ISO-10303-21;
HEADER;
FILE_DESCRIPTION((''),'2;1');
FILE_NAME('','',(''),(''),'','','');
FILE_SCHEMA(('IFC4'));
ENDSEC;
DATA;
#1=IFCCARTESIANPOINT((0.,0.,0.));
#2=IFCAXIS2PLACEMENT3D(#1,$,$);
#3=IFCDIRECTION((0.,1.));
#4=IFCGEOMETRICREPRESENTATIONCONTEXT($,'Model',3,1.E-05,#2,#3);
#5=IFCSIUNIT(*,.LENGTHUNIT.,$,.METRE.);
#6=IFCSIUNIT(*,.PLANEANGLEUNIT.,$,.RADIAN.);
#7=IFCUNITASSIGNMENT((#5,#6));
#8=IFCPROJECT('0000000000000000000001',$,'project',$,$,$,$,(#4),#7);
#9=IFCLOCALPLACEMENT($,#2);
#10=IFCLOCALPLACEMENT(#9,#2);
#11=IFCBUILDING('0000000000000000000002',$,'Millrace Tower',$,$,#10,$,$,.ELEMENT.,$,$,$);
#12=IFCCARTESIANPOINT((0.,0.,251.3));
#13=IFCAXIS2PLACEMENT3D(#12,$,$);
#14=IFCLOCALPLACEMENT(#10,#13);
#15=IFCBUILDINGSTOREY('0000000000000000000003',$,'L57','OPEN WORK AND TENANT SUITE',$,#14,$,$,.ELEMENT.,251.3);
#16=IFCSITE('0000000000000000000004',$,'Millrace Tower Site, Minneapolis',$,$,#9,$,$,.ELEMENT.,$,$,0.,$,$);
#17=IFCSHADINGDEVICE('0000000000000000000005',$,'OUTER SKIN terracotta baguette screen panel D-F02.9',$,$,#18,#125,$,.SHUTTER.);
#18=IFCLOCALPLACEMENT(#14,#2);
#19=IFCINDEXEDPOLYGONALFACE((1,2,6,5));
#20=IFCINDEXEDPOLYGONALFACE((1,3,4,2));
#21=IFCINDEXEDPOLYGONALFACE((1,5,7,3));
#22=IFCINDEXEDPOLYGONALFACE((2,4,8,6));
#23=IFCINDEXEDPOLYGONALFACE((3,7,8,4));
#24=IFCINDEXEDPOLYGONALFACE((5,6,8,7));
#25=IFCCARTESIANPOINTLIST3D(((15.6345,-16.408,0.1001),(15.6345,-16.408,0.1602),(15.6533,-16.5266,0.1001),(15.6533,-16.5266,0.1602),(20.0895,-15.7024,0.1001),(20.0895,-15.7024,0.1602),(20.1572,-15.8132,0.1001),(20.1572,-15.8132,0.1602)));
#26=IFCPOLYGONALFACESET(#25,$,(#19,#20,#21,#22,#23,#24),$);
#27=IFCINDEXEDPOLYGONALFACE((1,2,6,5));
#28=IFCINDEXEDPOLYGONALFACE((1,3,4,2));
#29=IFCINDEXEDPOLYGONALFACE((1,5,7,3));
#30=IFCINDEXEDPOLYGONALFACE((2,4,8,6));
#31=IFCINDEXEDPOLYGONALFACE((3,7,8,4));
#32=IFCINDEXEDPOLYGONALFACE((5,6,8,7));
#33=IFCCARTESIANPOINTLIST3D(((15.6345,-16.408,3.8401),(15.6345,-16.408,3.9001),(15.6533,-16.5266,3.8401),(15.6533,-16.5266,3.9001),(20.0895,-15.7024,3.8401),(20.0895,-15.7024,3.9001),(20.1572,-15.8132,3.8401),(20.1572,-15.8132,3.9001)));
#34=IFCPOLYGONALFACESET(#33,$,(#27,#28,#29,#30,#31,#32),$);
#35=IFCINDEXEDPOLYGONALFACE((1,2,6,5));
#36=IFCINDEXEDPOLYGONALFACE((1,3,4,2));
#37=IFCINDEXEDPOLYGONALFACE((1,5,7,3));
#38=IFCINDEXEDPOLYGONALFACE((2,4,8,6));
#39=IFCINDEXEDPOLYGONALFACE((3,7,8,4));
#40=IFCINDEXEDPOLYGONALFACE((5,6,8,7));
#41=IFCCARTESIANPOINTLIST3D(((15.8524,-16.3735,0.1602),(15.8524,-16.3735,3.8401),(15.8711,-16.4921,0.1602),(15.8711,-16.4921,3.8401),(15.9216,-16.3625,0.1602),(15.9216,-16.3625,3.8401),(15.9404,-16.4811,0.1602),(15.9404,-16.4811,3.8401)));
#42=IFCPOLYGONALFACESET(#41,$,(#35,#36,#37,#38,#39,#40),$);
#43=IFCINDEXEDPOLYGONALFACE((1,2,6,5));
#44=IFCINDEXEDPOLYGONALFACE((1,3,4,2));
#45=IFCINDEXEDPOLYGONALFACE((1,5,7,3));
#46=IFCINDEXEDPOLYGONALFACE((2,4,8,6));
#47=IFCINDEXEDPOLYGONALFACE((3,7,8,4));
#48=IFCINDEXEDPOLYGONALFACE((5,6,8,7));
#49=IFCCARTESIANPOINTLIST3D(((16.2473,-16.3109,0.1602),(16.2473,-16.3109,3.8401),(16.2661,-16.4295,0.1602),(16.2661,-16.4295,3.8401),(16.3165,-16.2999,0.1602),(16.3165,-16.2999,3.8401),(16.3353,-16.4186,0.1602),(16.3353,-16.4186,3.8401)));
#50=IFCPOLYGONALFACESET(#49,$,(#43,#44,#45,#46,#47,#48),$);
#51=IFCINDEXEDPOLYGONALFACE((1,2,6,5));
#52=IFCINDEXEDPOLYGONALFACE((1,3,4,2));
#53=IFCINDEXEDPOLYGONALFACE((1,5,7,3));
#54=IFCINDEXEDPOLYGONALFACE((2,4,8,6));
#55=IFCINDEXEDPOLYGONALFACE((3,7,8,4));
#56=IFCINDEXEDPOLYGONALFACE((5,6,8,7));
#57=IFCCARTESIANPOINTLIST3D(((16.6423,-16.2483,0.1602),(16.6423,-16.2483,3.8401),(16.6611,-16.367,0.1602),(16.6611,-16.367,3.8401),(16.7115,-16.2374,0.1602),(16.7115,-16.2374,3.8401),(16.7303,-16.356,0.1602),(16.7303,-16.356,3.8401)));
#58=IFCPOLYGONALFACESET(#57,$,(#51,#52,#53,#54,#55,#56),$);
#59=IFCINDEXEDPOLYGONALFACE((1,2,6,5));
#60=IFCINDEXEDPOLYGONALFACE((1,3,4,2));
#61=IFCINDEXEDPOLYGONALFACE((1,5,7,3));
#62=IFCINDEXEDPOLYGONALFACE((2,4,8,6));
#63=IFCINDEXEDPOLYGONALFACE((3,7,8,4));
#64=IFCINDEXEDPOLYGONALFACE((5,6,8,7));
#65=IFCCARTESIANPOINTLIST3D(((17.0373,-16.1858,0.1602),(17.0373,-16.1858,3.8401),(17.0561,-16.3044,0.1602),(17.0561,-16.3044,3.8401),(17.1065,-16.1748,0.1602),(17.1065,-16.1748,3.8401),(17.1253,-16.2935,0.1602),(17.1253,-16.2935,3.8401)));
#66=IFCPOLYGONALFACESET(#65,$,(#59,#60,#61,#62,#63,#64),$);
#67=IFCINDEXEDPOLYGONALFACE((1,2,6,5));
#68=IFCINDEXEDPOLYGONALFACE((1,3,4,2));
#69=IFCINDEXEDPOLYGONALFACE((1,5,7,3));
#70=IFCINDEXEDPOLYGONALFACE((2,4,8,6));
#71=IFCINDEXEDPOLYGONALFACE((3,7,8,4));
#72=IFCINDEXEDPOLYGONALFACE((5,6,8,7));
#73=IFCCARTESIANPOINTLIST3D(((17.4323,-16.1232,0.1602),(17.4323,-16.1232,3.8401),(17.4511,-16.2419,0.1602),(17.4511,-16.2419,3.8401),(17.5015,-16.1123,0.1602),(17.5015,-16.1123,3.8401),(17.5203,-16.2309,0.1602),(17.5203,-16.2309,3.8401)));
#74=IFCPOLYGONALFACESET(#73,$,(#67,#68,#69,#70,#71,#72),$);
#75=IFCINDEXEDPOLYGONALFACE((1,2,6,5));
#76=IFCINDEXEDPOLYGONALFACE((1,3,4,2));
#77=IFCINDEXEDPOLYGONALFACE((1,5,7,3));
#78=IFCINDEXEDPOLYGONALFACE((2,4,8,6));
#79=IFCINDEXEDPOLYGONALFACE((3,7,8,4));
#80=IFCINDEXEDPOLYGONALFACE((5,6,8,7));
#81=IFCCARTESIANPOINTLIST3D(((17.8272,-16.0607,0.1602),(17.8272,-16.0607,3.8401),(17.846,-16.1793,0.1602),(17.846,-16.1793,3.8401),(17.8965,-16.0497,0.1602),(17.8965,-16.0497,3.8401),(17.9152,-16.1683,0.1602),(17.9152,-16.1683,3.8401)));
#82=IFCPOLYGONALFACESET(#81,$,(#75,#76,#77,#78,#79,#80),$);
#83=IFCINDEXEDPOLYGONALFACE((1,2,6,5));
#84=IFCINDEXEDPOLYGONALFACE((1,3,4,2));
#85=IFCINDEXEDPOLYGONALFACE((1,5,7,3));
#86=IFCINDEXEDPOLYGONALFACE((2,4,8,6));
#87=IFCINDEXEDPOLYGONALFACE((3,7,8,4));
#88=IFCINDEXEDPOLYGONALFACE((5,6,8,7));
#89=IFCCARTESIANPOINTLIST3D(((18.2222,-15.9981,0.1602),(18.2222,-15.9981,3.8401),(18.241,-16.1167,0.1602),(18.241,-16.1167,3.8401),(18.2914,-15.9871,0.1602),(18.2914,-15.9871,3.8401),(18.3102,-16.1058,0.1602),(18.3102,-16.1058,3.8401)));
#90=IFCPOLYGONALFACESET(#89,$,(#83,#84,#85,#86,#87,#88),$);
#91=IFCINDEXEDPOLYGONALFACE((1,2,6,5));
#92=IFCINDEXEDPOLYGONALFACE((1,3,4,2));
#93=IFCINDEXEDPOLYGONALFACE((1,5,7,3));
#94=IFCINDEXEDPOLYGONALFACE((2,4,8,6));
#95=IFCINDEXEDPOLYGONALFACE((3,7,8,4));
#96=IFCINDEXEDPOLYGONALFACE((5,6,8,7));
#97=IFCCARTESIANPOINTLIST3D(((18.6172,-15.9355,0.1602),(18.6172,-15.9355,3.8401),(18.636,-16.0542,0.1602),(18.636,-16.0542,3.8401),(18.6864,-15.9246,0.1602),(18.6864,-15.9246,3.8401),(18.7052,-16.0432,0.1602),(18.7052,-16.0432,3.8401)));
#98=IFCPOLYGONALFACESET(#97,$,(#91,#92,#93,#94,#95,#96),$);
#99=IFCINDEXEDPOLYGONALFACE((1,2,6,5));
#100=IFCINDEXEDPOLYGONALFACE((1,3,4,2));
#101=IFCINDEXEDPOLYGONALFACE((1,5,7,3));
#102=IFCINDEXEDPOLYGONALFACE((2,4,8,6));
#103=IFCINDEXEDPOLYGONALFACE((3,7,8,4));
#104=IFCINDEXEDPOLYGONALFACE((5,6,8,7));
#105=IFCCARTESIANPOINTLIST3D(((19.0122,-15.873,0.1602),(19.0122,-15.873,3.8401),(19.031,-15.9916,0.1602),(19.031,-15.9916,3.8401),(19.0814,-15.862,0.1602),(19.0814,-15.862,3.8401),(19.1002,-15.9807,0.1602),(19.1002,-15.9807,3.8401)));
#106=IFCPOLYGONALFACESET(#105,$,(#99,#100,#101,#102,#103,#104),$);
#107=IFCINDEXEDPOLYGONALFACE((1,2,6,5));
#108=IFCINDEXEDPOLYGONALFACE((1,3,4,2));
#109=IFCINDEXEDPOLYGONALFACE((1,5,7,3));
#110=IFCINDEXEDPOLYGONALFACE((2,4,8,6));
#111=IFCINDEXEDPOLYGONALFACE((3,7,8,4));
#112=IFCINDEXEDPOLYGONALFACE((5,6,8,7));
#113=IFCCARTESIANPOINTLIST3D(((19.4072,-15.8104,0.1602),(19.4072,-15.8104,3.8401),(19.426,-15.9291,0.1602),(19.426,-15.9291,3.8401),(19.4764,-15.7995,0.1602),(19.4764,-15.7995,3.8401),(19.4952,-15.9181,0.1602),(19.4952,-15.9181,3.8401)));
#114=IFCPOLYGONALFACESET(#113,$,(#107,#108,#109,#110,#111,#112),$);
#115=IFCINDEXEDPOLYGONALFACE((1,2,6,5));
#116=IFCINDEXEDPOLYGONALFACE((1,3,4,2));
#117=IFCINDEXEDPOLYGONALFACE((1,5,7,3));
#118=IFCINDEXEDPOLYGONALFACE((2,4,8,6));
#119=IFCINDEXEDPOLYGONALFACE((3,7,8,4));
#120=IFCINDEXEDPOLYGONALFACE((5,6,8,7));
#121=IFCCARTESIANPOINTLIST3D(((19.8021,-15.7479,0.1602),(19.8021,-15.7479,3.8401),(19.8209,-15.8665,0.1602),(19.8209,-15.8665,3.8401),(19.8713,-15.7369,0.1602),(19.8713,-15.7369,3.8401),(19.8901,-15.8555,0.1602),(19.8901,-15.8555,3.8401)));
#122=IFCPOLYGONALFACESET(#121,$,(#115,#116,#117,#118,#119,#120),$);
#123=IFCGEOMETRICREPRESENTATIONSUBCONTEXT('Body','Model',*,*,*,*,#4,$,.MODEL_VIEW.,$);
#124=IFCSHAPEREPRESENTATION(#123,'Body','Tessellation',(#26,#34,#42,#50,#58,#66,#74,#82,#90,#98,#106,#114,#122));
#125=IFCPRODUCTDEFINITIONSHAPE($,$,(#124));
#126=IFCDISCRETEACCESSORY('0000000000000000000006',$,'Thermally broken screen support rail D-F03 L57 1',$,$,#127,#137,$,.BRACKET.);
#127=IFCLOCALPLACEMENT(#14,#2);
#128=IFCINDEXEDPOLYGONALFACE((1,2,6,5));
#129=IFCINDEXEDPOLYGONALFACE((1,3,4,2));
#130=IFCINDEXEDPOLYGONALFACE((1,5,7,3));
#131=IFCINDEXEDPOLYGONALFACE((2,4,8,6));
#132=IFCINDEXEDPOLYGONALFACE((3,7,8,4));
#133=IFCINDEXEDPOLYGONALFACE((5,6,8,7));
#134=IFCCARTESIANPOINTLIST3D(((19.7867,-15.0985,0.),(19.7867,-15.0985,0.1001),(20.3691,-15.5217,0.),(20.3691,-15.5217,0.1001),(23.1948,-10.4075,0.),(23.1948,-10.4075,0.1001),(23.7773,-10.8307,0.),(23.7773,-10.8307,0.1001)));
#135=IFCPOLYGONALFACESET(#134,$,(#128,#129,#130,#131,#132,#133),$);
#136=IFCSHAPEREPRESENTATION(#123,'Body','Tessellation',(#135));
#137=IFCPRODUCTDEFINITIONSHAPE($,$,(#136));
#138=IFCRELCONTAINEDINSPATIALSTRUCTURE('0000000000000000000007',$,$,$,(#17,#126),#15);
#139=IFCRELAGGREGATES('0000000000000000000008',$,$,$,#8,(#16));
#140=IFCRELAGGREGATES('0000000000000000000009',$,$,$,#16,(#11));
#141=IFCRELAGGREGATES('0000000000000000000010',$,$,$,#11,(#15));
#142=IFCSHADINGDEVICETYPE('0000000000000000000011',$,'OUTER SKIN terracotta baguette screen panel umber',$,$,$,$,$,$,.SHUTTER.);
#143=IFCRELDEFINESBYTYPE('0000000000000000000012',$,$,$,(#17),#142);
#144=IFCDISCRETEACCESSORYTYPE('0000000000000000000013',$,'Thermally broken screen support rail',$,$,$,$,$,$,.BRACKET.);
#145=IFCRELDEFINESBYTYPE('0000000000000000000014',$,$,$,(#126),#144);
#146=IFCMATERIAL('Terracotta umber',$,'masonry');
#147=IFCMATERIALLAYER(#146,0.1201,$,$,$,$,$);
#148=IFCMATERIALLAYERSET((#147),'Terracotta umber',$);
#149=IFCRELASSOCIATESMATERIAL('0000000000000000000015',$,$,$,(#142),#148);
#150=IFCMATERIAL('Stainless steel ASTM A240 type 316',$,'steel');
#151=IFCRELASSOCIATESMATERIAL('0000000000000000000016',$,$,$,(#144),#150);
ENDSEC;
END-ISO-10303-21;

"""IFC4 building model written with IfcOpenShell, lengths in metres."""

from ifc_helpers import new_model, entity, si_unit, direction, frame, frame_2d, origin, origin_2d, place, context, subcontext, project, spatial, rectangle, extrude, source, transform, mapped, material, layer, layer_set, type_object, element, save


model = new_model("IFC4")

# Units and contexts
model_context = context("Model", 3, precision=1e-05, world=origin(), true_north=direction((0.0, 1.0)))
body_context = subcontext(model_context, "Body", "Model", "MODEL_VIEW")
ifc_project = project(units=[si_unit("LENGTHUNIT", "METRE"), si_unit("PLANEANGLEUNIT", "RADIAN")], contexts=[model_context])

# Site, building, storey
site_placement = place(None, origin())
site = spatial("IfcSite", under=ifc_project, at=site_placement, Name="Millrace Tower Site, Minneapolis", CompositionType="ELEMENT", RefElevation=0.0)
building_placement = place(site_placement, origin())
building = spatial("IfcBuilding", under=site, at=building_placement, Name="Millrace Tower", CompositionType="ELEMENT")
storey_placement = place(building_placement, frame((0.0, 0.0, 251.3)))
storey = spatial("IfcBuildingStorey", under=building, at=storey_placement, Name="L57", Description="OPEN WORK AND TENANT SUITE", CompositionType="ELEMENT", Elevation=251.3)

# Shading device
ifc_material_1 = material(Name="Terracotta umber", Category="masonry")
ifc_layer_1 = layer(ifc_material_1, 0.1201)
ifc_layer_set_1 = layer_set([ifc_layer_1], Name="Terracotta umber")
shading_device_type = type_object("IfcShadingDeviceType", Name="OUTER SKIN terracotta baguette screen panel umber", PredefinedType="SHUTTER", material=ifc_layer_set_1)
cartesian_point_1 = entity("IfcCartesianPoint", [-2.2676, 0.0601])
shared_polyline_1 = entity("IfcPolyline", [cartesian_point_1, entity("IfcCartesianPoint", [2.2429, 0.0601]), entity("IfcCartesianPoint", [2.2925, -0.0601]), entity("IfcCartesianPoint", [-2.2676, -0.0601]), cartesian_point_1])
shared_shape_1 = source(origin(), body_context, "Body", "SweptSolid", [
    entity("IfcExtrudedAreaSolid", entity("IfcArbitraryClosedProfileDef", "AREA", None, shared_polyline_1), entity("IfcAxis2Placement3D", entity("IfcCartesianPoint", [0.0, 0.0, 0.0])), entity("IfcDirection", [0.0, 0.0, 1.0]), 0.0601),
    entity("IfcExtrudedAreaSolid", entity("IfcArbitraryClosedProfileDef", "AREA", None, shared_polyline_1), entity("IfcAxis2Placement3D", entity("IfcCartesianPoint", [0.0, 0.0, 3.74])), entity("IfcDirection", [0.0, 0.0, 1.0]), 0.0601),
    extrude(rectangle(XDim=0.0701, YDim=0.1201, at=frame_2d((-2.012, 0.0))), frame((0.0, 0.0, 0.0601)), (0.0, 0.0, 1.0), 3.6799),
    extrude(rectangle(XDim=0.0701, YDim=0.1201, at=frame_2d((-1.6121, 0.0))), frame((0.0, 0.0, 0.0601)), (0.0, 0.0, 1.0), 3.6799),
    extrude(rectangle(XDim=0.0701, YDim=0.1201, at=frame_2d((-1.2122, 0.0))), frame((0.0, 0.0, 0.0601)), (0.0, 0.0, 1.0), 3.6799),
    extrude(rectangle(XDim=0.0701, YDim=0.1201, at=frame_2d((-0.8123, 0.0))), frame((0.0, 0.0, 0.0601)), (0.0, 0.0, 1.0), 3.6799),
    extrude(rectangle(XDim=0.0701, YDim=0.1201, at=frame_2d((-0.4124, 0.0))), frame((0.0, 0.0, 0.0601)), (0.0, 0.0, 1.0), 3.6799),
    extrude(rectangle(XDim=0.0701, YDim=0.1201, at=frame_2d((-0.0125, 0.0))), frame((0.0, 0.0, 0.0601)), (0.0, 0.0, 1.0), 3.6799),
    extrude(rectangle(XDim=0.0701, YDim=0.1201, at=frame_2d((0.3875, 0.0))), frame((0.0, 0.0, 0.0601)), (0.0, 0.0, 1.0), 3.6799),
    extrude(rectangle(XDim=0.0701, YDim=0.1201, at=frame_2d((0.7874, 0.0))), frame((0.0, 0.0, 0.0601)), (0.0, 0.0, 1.0), 3.6799),
    extrude(rectangle(XDim=0.0701, YDim=0.1201, at=frame_2d((1.1873, 0.0))), frame((0.0, 0.0, 0.0601)), (0.0, 0.0, 1.0), 3.6799),
    extrude(rectangle(XDim=0.0701, YDim=0.1201, at=frame_2d((1.5872, 0.0))), frame((0.0, 0.0, 0.0601)), (0.0, 0.0, 1.0), 3.6799),
    extrude(rectangle(XDim=0.0701, YDim=0.1201, at=frame_2d((1.9871, 0.0))), frame((0.0, 0.0, 0.0601)), (0.0, 0.0, 1.0), 3.6799),
])
shading_device_1_placement = place(storey_placement, frame((17.8835, -16.1125, 0.1001), z_axis=(0.0, 0.0, 1.0), x_axis=(0.987688, 0.156434, 0.0)))
element("IfcShadingDevice", 1, at=shading_device_1_placement, inside=storey, type_object=shading_device_type, Name="OUTER SKIN terracotta baguette screen panel D-F02.9", PredefinedType="SHUTTER", context=body_context, shape_type="MappedRepresentation", body=[
    mapped(shared_shape_1, transform((0.0, 0.0, 0.0), scale=1.0)),
])

# Discrete accessory
ifc_material_2 = material(Name="Stainless steel ASTM A240 type 316", Category="steel")
discrete_accessory_type = type_object("IfcDiscreteAccessoryType", Name="Thermally broken screen support rail", PredefinedType="BRACKET", material=ifc_material_2)
discrete_accessory_placement = place(storey_placement, frame((21.782, -12.9646, 0.0), z_axis=(0.0, 0.0, 1.0), x_axis=(0.587785, 0.809017, 0.0)))
element("IfcDiscreteAccessory", 2, at=discrete_accessory_placement, inside=storey, type_object=discrete_accessory_type, Name="Thermally broken screen support rail D-F03 L57 1", PredefinedType="BRACKET", context=body_context, shape_type="SweptSolid", body=[
    extrude(rectangle(XDim=5.7983, YDim=0.72, at=origin_2d()), origin(), (0.0, 0.0, 1.0), 0.1001),
])

save(model, "model.ifc")
